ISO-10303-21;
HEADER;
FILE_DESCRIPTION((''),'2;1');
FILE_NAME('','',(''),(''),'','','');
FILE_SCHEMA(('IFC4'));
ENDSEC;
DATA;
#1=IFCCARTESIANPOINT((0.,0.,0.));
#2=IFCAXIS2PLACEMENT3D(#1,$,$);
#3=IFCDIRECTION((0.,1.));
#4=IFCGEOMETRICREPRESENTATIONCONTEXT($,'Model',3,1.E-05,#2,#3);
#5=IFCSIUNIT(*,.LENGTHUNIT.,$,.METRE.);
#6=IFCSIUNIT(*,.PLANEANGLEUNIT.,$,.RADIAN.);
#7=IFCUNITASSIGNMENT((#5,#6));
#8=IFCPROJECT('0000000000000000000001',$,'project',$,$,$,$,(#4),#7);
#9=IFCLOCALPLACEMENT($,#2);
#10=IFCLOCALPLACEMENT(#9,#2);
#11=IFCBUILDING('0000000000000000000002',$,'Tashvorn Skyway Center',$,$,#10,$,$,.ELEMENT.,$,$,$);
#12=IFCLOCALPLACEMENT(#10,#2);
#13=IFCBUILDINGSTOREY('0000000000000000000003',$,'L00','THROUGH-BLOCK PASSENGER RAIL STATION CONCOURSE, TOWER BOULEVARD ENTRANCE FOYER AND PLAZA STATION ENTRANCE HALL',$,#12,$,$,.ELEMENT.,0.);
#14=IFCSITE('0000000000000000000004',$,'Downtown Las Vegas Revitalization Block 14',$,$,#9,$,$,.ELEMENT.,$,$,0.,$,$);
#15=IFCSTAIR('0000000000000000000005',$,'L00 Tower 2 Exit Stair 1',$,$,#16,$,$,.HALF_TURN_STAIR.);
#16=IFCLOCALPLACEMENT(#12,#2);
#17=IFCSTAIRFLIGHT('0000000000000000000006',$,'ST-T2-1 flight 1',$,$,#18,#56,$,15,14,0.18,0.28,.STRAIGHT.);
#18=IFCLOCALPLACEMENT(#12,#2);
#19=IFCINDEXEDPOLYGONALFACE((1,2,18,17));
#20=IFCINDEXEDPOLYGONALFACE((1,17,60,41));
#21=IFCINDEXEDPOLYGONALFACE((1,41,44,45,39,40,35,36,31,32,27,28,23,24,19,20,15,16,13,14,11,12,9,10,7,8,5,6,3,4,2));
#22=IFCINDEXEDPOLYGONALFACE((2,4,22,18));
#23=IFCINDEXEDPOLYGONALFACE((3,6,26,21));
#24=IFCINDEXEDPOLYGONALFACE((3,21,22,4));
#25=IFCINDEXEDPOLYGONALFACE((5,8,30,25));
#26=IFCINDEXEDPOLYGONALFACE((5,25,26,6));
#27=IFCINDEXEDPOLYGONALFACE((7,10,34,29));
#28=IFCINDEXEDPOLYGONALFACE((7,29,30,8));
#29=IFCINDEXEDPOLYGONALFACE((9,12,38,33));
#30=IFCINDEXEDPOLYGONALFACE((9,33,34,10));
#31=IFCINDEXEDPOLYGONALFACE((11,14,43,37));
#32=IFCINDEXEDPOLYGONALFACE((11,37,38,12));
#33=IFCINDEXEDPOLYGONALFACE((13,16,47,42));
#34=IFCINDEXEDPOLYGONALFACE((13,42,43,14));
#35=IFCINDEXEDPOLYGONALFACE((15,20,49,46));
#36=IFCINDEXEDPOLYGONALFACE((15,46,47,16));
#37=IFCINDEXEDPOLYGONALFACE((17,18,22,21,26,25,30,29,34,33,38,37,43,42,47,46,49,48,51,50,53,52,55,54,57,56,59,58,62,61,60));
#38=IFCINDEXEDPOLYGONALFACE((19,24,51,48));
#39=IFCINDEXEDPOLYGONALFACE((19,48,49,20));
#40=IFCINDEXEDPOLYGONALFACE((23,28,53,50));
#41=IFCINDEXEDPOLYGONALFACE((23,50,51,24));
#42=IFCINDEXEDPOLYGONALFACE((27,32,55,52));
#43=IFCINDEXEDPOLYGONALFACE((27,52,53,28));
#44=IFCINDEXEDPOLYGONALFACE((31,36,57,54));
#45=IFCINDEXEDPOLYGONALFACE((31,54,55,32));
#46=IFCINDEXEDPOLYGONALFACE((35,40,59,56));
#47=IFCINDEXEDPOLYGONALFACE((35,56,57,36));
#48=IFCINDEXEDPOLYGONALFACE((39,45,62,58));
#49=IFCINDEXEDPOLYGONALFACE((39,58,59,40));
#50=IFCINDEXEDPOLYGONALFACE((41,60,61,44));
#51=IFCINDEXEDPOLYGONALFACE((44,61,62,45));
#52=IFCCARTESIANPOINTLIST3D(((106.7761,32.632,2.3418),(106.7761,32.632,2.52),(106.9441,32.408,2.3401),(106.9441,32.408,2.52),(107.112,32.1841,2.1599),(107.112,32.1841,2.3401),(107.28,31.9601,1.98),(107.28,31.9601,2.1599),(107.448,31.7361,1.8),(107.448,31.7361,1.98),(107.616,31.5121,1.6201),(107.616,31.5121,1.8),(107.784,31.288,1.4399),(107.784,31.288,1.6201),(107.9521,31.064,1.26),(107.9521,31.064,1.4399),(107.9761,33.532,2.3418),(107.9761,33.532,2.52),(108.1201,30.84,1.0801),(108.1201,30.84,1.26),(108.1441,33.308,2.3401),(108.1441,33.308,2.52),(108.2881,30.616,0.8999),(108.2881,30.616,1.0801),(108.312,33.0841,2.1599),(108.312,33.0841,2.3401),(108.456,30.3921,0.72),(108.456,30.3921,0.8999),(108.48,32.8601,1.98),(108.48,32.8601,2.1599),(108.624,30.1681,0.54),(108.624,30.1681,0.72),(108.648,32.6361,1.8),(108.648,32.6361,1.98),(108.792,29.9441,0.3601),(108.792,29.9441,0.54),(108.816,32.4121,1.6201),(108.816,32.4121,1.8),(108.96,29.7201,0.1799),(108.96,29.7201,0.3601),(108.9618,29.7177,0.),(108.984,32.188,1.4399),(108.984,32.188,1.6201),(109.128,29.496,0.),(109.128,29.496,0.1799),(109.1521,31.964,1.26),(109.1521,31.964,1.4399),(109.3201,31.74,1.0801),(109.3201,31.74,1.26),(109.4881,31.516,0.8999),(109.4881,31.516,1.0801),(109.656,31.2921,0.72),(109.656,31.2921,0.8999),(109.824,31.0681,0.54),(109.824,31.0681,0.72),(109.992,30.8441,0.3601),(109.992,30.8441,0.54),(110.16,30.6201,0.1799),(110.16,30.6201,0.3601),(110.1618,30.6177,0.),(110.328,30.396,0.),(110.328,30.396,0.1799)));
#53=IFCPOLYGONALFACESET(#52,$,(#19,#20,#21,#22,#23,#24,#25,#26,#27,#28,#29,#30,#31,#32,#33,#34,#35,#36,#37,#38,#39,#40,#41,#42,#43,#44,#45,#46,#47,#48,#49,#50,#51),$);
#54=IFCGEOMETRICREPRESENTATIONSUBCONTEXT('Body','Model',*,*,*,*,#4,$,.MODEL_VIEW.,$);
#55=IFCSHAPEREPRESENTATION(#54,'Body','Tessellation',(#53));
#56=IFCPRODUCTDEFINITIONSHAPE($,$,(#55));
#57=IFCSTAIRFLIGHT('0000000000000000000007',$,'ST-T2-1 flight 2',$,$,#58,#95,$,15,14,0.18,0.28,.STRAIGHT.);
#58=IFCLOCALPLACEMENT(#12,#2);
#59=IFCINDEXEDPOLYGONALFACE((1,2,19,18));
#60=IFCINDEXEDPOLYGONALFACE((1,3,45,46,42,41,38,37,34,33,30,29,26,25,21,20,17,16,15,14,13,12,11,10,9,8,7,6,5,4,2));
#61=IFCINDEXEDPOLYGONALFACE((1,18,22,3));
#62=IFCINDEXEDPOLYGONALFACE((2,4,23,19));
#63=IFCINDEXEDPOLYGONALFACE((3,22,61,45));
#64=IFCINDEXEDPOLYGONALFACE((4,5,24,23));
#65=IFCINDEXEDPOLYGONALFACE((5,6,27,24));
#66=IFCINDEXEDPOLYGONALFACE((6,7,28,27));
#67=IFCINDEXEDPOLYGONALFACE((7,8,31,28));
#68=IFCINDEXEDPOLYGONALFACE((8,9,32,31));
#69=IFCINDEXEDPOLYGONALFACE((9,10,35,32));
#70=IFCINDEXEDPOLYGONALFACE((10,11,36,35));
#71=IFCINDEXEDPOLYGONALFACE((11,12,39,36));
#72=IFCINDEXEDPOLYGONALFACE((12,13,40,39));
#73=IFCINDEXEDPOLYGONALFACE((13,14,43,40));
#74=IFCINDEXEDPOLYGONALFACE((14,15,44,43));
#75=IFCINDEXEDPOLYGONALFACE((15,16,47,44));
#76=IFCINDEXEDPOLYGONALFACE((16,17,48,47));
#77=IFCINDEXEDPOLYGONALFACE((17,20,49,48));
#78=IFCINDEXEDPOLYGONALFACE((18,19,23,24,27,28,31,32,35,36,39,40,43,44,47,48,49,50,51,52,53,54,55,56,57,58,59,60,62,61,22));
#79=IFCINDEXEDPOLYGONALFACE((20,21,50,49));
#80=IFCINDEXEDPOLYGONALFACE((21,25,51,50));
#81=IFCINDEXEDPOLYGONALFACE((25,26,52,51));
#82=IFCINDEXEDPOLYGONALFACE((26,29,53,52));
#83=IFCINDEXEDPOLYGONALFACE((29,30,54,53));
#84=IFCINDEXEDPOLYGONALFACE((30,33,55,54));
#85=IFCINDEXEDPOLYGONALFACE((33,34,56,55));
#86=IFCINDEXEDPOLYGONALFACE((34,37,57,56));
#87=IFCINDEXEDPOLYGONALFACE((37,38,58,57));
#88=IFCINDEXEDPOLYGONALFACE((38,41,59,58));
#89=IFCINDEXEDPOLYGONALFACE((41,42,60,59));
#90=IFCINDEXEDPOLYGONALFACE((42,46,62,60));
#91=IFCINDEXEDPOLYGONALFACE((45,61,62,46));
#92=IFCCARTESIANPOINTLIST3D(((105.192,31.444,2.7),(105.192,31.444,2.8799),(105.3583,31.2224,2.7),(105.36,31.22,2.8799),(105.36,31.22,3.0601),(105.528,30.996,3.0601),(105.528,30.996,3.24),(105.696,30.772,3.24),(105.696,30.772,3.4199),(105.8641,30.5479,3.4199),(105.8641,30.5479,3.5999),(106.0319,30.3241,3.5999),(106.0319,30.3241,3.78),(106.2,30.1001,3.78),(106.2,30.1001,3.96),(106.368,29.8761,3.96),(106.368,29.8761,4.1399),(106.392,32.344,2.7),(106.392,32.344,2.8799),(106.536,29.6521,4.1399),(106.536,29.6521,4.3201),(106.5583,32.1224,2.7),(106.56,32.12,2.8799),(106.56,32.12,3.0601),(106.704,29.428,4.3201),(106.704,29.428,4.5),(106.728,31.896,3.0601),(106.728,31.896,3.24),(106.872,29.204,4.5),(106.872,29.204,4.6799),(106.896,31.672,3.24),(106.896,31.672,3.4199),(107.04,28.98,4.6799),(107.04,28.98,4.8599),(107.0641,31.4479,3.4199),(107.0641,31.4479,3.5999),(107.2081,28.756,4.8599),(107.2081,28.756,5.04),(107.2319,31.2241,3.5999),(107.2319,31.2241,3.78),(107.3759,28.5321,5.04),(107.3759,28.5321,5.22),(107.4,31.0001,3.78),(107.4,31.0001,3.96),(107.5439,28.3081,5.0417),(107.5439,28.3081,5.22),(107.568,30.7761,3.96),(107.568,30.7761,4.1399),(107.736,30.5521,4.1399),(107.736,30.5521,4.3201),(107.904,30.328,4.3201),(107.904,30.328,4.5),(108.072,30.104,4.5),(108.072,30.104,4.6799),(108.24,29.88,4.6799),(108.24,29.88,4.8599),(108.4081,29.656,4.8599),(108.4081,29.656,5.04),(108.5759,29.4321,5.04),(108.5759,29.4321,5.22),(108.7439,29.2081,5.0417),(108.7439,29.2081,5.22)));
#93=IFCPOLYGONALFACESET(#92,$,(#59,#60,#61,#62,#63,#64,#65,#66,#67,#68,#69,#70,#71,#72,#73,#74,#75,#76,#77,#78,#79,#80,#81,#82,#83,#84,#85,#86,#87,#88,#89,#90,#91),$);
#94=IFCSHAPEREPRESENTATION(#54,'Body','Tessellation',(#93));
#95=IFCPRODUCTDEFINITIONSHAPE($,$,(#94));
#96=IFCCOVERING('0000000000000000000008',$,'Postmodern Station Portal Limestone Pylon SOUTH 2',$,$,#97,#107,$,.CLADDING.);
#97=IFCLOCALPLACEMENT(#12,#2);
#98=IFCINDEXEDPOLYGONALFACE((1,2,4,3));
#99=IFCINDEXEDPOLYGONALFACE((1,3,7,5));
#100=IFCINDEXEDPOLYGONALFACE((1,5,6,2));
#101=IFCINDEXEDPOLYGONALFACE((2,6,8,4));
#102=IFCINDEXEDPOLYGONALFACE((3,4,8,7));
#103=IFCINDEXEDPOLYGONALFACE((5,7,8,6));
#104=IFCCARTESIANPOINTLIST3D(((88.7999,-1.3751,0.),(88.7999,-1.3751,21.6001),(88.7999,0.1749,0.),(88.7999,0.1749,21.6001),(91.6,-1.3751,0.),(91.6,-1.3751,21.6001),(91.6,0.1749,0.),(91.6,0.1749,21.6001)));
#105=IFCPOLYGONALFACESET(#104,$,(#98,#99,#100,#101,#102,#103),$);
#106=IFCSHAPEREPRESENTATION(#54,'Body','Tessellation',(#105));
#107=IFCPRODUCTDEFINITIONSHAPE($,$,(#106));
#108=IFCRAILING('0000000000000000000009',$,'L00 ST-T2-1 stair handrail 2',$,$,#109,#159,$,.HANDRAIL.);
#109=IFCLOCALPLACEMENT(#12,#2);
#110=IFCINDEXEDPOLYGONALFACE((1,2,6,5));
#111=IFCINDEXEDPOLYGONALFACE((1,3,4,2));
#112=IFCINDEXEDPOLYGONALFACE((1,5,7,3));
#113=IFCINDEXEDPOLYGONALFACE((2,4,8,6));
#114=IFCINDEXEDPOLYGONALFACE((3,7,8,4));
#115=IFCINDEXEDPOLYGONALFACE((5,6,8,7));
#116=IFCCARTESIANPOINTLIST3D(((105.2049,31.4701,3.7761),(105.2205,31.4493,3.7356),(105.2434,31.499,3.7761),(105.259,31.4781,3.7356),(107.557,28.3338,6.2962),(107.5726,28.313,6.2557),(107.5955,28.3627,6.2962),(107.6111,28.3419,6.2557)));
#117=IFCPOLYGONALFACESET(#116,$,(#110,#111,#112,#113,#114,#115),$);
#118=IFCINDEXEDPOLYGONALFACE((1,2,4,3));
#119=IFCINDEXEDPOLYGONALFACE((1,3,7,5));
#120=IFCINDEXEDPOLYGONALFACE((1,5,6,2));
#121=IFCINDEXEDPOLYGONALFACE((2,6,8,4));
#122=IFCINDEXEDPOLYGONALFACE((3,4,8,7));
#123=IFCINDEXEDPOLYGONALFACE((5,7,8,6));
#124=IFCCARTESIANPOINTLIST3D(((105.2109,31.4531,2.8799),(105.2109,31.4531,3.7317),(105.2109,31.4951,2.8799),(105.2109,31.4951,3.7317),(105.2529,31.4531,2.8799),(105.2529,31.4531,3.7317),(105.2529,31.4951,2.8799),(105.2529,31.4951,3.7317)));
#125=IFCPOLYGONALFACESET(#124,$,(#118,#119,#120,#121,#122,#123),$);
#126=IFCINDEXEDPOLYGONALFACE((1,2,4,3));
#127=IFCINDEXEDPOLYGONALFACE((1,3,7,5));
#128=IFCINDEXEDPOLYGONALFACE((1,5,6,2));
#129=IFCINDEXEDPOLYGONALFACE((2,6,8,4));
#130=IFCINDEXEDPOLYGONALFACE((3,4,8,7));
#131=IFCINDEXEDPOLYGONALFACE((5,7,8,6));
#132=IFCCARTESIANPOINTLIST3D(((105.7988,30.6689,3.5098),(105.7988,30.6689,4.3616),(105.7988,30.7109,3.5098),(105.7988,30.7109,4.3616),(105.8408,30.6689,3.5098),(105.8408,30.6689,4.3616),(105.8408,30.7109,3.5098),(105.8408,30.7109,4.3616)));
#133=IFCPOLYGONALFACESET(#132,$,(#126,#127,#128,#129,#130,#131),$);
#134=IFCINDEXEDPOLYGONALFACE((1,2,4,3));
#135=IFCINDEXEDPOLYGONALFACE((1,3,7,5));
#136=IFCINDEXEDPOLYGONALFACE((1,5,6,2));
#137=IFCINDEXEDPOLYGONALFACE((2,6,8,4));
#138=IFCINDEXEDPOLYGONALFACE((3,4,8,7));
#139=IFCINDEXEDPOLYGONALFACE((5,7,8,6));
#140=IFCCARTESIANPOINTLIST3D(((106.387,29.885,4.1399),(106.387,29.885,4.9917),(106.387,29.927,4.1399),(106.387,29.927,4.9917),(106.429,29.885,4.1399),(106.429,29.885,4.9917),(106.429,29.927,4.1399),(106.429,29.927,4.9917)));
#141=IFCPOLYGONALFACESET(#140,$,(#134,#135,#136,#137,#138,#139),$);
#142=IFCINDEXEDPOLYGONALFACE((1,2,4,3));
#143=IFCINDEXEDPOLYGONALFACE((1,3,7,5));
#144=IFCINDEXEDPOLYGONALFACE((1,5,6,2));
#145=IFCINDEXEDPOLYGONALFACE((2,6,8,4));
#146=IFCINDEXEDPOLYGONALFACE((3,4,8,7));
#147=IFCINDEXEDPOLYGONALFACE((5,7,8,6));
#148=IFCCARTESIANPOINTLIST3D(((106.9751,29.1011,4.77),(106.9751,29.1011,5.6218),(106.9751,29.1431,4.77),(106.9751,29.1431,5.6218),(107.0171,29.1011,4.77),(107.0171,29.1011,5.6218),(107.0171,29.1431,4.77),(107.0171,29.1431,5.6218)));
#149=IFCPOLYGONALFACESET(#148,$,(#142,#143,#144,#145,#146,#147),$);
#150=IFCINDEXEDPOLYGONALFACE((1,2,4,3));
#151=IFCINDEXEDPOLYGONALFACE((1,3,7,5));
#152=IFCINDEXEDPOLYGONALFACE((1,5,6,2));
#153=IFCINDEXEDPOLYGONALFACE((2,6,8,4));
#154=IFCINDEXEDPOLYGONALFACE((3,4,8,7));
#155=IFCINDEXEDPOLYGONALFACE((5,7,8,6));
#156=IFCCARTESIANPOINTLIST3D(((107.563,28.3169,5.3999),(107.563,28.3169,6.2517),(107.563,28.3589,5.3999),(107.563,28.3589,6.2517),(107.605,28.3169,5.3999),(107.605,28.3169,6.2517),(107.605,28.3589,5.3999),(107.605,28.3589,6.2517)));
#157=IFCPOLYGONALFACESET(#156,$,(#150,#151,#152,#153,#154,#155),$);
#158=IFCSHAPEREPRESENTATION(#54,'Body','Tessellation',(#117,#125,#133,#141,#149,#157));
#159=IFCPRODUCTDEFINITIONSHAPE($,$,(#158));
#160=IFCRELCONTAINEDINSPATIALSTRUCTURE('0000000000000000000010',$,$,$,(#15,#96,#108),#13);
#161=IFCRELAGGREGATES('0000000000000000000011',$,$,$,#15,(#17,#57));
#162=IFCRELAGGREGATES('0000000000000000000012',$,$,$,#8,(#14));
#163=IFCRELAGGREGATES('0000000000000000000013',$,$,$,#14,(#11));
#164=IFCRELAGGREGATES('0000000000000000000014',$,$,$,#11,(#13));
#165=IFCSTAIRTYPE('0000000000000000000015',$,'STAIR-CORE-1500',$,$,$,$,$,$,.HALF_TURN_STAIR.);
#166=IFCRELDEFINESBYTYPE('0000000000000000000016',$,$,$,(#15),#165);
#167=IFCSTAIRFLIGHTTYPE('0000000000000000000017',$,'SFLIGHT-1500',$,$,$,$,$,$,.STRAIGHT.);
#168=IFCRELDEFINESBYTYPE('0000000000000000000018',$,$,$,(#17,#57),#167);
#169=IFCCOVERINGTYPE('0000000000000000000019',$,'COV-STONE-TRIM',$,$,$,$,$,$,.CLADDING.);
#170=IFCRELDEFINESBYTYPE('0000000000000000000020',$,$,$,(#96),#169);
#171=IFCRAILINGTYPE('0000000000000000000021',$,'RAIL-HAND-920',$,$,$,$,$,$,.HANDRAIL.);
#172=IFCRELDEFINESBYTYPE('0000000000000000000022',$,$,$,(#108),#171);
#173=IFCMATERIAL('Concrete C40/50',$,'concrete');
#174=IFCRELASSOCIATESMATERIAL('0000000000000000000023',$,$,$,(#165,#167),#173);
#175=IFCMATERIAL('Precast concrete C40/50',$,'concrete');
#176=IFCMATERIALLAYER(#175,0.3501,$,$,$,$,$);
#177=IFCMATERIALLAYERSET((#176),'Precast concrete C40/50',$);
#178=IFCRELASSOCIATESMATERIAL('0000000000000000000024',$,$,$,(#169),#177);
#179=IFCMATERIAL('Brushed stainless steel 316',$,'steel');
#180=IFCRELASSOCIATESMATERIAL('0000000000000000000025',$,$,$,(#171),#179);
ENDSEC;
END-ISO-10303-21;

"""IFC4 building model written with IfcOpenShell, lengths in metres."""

from ifc_helpers import new_model, si_unit, direction, frame, origin, origin_2d, place, context, subcontext, project, spatial, polyline, rectangle, outline, extrude, material, layer, layer_set, type_object, element, aggregate, save


model = new_model("IFC4")

# Units and contexts
model_context = context("Model", 3, precision=1e-05, world=origin(), true_north=direction((0.0, 1.0)))
body_context = subcontext(model_context, "Body", "Model", "MODEL_VIEW")
ifc_project = project(units=[si_unit("LENGTHUNIT", "METRE"), si_unit("PLANEANGLEUNIT", "RADIAN")], contexts=[model_context])

# Site, building, storey
site_placement = place(None, origin())
site = spatial("IfcSite", under=ifc_project, at=site_placement, Name="Downtown Las Vegas Revitalization Block 14", CompositionType="ELEMENT", RefElevation=0.0)
building_placement = place(site_placement, origin())
building = spatial("IfcBuilding", under=site, at=building_placement, Name="Tashvorn Skyway Center", CompositionType="ELEMENT")
storey_placement = place(building_placement, origin())
storey = spatial("IfcBuildingStorey", under=building, at=storey_placement, Name="L00", Description="THROUGH-BLOCK PASSENGER RAIL STATION CONCOURSE, TOWER BOULEVARD ENTRANCE FOYER AND PLAZA STATION ENTRANCE HALL", CompositionType="ELEMENT", Elevation=0.0)

# Shared definitions
ifc_material_1 = material(Name="Precast concrete C40/50", Category="concrete")

# Shared definitions
ifc_material_2 = material(Name="Concrete C40/50", Category="concrete")

# Stair, stair flights
stair_type = type_object("IfcStairType", Name="STAIR-CORE-1500", PredefinedType="HALF_TURN_STAIR", material=ifc_material_2)
stair_placement = place(storey_placement, origin())
stair = element("IfcStair", 1, at=stair_placement, inside=storey, type_object=stair_type, Name="L00 Tower 2 Exit Stair 1", PredefinedType="HALF_TURN_STAIR")
stair_flight_type = type_object("IfcStairFlightType", Name="SFLIGHT-1500", PredefinedType="STRAIGHT", material=ifc_material_2)
stair_flight_1_placement = place(storey_placement, frame((109.728, 29.946, 0.0), z_axis=(0.0, 0.0, 1.0), x_axis=(-0.6, 0.8, 0.0)))
stair_flight_1 = element("IfcStairFlight", 2, at=stair_flight_1_placement, type_object=stair_flight_type, Name="ST-T2-1 flight 1", NumberOfRisers=15, NumberOfTreads=14, PredefinedType="STRAIGHT", RiserHeight=0.18, TreadLength=0.28, context=body_context, shape_type="SweptSolid", body=[
    extrude(outline(polyline([(0.0, 0.0), (0.0, 0.1799), (0.28, 0.1799), (0.28, 0.3601), (0.5601, 0.3601), (0.5601, 0.54), (0.8401, 0.54), (0.8401, 0.72), (1.1201, 0.72), (1.1201, 0.8999), (1.3999, 0.8999), (1.3999, 1.0801), (1.6799, 1.0801), (1.6799, 1.26), (1.96, 1.26), (1.96, 1.4399), (2.24, 1.4399), (2.24, 1.6201), (2.52, 1.6201), (2.52, 1.8), (2.8, 1.8), (2.8, 1.98), (3.0801, 1.98), (3.0801, 2.1599), (3.3601, 2.1599), (3.3601, 2.3401), (3.6399, 2.3401), (3.6399, 2.52), (3.9199, 2.52), (3.9199, 2.7), (3.9199, 2.3418), (0.2771, 0.0), (0.0, 0.0)])), frame((0.0, 0.75, 0.0), z_axis=(0.0, -1.0, 0.0), x_axis=(1.0, 0.0, 0.0)), (0.0, 0.0, 1.0), 1.5),
])
stair_flight_2_placement = place(storey_placement, frame((105.792, 31.894, 2.7), z_axis=(0.0, 0.0, 1.0), x_axis=(0.6, -0.8, 0.0)))
stair_flight_2 = element("IfcStairFlight", 3, at=stair_flight_2_placement, type_object=stair_flight_type, Name="ST-T2-1 flight 2", NumberOfRisers=15, NumberOfTreads=14, PredefinedType="STRAIGHT", RiserHeight=0.18, TreadLength=0.28, context=body_context, shape_type="SweptSolid", body=[
    extrude(outline(polyline([(0.0, 0.0), (0.0, 0.1799), (0.28, 0.1799), (0.28, 0.3601), (0.5601, 0.3601), (0.5601, 0.54), (0.8401, 0.54), (0.8401, 0.72), (1.1201, 0.72), (1.1201, 0.8999), (1.3999, 0.8999), (1.3999, 1.0801), (1.6799, 1.0801), (1.6799, 1.26), (1.96, 1.26), (1.96, 1.4399), (2.24, 1.4399), (2.24, 1.6201), (2.52, 1.6201), (2.52, 1.8), (2.8, 1.8), (2.8, 1.98), (3.0801, 1.98), (3.0801, 2.1599), (3.3601, 2.1599), (3.3601, 2.3401), (3.6399, 2.3401), (3.6399, 2.52), (3.9199, 2.52), (3.9199, 2.7), (3.9199, 2.3418), (0.2771, 0.0), (0.0, 0.0)])), frame((0.0, 0.75, 0.0), z_axis=(0.0, -1.0, 0.0), x_axis=(1.0, 0.0, 0.0)), (0.0, 0.0, 1.0), 1.5),
])
aggregate(stair, [stair_flight_1, stair_flight_2])

# Covering
ifc_layer_1 = layer(ifc_material_1, 0.3501)
ifc_layer_set_1 = layer_set([ifc_layer_1], Name="Precast concrete C40/50")
covering_type = type_object("IfcCoveringType", Name="COV-STONE-TRIM", PredefinedType="CLADDING", material=ifc_layer_set_1)
covering_placement = place(storey_placement, frame((90.2, -0.6001, 0.0), z_axis=(0.0, 0.0, 1.0), x_axis=(1.0, 0.0, 0.0)))
element("IfcCovering", 4, at=covering_placement, inside=storey, type_object=covering_type, Name="Postmodern Station Portal Limestone Pylon SOUTH 2", PredefinedType="CLADDING", context=body_context, shape_type="SweptSolid", body=[
    extrude(rectangle(XDim=2.8, YDim=1.55, at=origin_2d()), origin(), (0.0, 0.0, 1.0), 21.6001),
])

# Railing
ifc_material_3 = material(Name="Brushed stainless steel 316", Category="steel")
railing_type_1 = type_object("IfcRailingType", Name="RAIL-HAND-920", PredefinedType="HANDRAIL", material=ifc_material_3)
railing_1_placement = place(storey_placement, frame((105.2319, 31.4741, 2.8799)))
element("IfcRailing", 5, at=railing_1_placement, inside=storey, type_object=railing_type_1, Name="L00 ST-T2-1 stair handrail 2", PredefinedType="HANDRAIL", context=body_context, shape_type="SweptSolid", body=[
    extrude(rectangle(XDim=0.0481, YDim=0.0481, at=origin_2d()), frame((0.0, 0.0, 0.876), z_axis=(0.504697, -0.672965, 0.54074), x_axis=(0.800015, 0.59998, 0.0)), (0.0, 0.0, 1.0), 4.6604),
    extrude(rectangle(XDim=0.042, YDim=0.042, at=origin_2d()), origin(), (0.0, 0.0, 1.0), 0.8518),
    extrude(rectangle(XDim=0.042, YDim=0.042, at=origin_2d()), frame((0.5879, -0.7842, 0.6299)), (0.0, 0.0, 1.0), 0.8518),
    extrude(rectangle(XDim=0.042, YDim=0.042, at=origin_2d()), frame((1.176, -1.5681, 1.26)), (0.0, 0.0, 1.0), 0.8518),
    extrude(rectangle(XDim=0.042, YDim=0.042, at=origin_2d()), frame((1.7642, -2.3521, 1.8901)), (0.0, 0.0, 1.0), 0.8518),
    extrude(rectangle(XDim=0.042, YDim=0.042, at=origin_2d()), frame((2.3521, -3.1362, 2.52)), (0.0, 0.0, 1.0), 0.8518),
])

save(model, "model.ifc")
